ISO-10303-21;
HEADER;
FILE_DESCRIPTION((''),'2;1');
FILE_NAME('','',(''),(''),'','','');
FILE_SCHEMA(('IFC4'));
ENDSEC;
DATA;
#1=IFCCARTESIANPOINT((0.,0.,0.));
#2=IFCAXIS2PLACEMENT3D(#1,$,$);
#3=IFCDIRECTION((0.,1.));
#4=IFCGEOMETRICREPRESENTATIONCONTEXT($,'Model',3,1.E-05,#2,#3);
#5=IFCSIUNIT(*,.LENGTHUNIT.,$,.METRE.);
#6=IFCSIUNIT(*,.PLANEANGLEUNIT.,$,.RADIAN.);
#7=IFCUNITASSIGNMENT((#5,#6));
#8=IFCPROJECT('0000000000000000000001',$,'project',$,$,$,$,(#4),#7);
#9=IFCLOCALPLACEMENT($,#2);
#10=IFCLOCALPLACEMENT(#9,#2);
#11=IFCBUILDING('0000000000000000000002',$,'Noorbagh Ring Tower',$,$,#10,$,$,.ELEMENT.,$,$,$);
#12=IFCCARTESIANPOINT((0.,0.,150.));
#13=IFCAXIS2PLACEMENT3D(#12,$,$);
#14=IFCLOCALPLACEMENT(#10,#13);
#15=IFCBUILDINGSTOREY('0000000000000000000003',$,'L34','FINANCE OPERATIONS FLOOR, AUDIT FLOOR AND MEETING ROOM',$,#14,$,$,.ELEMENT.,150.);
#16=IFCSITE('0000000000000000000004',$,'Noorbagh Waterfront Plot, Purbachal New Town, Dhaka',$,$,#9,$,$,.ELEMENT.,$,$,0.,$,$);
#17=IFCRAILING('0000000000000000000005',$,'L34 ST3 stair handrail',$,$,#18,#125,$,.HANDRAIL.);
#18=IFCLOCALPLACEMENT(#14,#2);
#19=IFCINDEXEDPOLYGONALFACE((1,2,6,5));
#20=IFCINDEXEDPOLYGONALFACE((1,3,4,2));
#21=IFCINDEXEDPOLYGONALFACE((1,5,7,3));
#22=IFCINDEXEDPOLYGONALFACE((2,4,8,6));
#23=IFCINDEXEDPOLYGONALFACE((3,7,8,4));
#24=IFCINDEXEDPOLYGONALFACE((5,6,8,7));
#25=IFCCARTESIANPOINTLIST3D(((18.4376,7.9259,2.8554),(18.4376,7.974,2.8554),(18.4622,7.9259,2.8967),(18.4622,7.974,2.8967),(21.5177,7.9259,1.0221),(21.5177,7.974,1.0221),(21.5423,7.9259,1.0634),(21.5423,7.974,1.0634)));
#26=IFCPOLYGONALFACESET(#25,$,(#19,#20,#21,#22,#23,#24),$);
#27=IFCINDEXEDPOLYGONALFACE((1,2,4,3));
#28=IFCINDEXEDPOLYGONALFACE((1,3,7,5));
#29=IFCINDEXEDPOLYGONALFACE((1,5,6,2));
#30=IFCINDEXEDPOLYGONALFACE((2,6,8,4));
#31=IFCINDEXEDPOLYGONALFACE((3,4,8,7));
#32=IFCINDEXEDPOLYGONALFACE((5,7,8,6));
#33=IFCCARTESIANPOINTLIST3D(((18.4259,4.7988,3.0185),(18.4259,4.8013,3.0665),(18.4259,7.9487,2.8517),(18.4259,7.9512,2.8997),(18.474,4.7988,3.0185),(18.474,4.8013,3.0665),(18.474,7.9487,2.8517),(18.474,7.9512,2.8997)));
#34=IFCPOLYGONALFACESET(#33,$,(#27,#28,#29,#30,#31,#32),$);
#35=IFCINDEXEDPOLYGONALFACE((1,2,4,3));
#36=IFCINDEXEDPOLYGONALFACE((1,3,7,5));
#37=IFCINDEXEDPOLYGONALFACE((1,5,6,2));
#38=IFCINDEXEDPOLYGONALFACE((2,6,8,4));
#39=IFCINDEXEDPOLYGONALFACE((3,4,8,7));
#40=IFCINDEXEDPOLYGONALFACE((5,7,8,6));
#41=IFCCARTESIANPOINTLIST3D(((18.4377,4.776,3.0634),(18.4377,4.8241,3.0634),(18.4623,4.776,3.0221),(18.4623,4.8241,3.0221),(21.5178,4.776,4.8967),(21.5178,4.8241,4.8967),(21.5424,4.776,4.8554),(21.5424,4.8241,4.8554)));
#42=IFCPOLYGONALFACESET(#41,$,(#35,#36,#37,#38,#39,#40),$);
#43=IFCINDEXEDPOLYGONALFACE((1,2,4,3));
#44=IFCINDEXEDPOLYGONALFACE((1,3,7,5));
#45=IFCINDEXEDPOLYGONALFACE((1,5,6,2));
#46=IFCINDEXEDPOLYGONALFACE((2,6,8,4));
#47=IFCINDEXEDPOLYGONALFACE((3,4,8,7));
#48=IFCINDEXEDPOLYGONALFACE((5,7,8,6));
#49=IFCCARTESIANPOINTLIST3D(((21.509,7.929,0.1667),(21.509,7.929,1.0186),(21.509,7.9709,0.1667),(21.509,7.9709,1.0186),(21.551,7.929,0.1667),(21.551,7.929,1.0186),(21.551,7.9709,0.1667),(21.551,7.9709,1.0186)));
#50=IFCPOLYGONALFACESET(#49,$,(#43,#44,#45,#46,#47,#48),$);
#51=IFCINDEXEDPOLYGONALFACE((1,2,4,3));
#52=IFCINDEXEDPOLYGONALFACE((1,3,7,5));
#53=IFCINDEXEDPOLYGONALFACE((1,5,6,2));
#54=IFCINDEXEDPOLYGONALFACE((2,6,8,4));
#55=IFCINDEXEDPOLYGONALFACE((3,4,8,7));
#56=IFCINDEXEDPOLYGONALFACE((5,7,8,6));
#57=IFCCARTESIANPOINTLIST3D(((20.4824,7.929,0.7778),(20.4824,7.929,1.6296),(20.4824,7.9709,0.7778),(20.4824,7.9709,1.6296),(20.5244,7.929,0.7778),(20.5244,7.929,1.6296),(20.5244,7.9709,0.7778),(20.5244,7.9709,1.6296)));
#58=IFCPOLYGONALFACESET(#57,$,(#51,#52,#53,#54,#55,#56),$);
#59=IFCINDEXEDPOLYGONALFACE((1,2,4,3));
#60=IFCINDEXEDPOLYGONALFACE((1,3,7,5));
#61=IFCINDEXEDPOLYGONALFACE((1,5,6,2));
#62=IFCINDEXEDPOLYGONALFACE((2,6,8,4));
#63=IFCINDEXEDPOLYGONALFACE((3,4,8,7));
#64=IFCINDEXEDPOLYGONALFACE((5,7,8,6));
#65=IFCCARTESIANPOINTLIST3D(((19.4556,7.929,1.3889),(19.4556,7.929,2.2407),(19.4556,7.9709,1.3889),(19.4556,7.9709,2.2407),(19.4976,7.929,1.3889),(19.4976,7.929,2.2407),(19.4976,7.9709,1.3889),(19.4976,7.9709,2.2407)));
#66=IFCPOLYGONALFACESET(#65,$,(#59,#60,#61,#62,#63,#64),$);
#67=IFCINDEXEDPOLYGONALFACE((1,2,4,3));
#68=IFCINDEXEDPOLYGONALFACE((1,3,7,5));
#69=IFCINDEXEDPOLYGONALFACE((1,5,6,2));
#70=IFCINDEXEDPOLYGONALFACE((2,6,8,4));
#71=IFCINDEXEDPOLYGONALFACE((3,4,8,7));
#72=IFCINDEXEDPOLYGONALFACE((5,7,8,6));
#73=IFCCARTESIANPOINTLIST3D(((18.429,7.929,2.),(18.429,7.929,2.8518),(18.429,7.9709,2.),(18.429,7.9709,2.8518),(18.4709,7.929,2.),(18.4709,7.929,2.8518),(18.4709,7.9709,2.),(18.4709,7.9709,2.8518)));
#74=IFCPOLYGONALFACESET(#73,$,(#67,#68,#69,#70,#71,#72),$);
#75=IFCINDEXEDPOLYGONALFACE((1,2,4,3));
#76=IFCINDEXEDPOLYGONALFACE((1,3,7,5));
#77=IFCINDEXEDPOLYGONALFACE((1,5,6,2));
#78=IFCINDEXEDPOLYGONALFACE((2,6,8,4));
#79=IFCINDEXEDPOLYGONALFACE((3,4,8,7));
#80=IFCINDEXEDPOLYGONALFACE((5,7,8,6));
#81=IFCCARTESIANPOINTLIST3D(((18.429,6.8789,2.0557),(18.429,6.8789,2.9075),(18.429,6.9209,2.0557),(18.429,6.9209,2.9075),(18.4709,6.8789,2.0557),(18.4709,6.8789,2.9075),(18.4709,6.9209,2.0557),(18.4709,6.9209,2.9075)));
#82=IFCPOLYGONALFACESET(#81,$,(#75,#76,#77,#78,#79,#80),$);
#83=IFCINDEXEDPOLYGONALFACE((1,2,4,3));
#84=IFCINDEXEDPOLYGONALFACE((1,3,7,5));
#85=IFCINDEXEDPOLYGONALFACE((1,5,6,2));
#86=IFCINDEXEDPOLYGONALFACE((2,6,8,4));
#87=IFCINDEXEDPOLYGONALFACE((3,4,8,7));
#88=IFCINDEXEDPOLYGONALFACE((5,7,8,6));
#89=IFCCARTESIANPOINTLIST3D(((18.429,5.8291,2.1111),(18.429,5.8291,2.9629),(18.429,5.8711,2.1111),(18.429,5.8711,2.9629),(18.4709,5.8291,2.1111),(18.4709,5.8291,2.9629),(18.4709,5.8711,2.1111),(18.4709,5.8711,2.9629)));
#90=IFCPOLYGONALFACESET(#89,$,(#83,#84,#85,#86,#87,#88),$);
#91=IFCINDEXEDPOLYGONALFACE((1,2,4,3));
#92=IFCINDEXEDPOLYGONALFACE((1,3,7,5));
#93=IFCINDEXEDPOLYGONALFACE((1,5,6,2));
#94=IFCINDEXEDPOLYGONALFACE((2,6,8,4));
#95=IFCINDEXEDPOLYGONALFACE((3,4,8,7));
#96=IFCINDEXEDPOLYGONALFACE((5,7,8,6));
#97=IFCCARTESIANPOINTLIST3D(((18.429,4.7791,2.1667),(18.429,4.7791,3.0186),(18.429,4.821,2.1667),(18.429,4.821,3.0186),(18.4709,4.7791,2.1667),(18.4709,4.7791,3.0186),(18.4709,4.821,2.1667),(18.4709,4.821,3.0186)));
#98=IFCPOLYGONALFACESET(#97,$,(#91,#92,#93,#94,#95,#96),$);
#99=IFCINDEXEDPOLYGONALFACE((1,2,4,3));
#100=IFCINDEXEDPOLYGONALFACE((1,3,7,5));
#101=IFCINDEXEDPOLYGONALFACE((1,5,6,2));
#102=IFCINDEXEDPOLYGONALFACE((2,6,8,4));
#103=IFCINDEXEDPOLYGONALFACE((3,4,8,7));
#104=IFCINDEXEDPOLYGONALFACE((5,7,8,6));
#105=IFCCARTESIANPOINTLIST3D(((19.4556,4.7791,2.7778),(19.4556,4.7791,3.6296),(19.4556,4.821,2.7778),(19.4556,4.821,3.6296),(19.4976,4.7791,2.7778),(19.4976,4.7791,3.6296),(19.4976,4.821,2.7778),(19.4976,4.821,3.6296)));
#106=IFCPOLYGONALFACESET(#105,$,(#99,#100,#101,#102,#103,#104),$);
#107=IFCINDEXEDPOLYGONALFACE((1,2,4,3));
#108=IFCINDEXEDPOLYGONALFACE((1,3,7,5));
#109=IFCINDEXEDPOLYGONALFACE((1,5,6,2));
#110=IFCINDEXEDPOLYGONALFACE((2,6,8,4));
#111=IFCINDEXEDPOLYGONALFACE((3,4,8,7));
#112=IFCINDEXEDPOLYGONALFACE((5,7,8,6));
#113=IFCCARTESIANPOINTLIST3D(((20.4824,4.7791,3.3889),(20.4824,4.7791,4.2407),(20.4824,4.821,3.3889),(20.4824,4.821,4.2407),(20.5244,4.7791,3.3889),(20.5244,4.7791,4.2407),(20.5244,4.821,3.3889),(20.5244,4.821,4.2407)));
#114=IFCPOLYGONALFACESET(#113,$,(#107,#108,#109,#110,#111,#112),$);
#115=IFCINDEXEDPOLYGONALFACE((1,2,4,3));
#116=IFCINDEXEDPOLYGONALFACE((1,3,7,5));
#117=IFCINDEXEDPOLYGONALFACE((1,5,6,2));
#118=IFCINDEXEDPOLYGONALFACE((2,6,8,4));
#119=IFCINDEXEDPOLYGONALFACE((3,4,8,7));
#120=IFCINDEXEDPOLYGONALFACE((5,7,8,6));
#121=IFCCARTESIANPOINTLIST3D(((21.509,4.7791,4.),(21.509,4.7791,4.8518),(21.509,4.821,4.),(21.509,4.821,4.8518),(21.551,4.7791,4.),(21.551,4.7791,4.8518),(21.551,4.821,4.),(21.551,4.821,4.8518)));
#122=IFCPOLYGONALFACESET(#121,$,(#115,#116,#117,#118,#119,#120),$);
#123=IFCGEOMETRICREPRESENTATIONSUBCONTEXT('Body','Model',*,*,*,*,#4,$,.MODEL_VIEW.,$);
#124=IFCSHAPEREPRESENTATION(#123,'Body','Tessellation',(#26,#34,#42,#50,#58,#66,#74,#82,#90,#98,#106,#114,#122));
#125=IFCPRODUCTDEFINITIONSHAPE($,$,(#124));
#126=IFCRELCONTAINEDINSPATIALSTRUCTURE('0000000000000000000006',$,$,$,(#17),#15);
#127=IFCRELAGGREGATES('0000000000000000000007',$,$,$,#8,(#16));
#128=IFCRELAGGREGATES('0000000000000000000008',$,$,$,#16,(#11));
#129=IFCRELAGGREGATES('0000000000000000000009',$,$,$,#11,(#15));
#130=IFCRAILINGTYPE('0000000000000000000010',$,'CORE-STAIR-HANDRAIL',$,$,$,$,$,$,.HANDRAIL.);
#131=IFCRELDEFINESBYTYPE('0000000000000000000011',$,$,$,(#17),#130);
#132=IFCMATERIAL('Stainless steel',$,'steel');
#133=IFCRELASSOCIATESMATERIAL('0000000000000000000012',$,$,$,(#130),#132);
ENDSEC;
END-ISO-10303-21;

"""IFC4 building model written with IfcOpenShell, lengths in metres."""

from ifc_helpers import new_model, si_unit, direction, frame, origin, origin_2d, place, context, subcontext, project, spatial, rectangle, extrude, material, type_object, element, save


model = new_model("IFC4")

# Units and contexts
model_context = context("Model", 3, precision=1e-05, world=origin(), true_north=direction((0.0, 1.0)))
body_context = subcontext(model_context, "Body", "Model", "MODEL_VIEW")
ifc_project = project(units=[si_unit("LENGTHUNIT", "METRE"), si_unit("PLANEANGLEUNIT", "RADIAN")], contexts=[model_context])

# Site, building, storey
site_placement = place(None, origin())
site = spatial("IfcSite", under=ifc_project, at=site_placement, Name="Noorbagh Waterfront Plot, Purbachal New Town, Dhaka", CompositionType="ELEMENT", RefElevation=0.0)
building_placement = place(site_placement, origin())
building = spatial("IfcBuilding", under=site, at=building_placement, Name="Noorbagh Ring Tower", CompositionType="ELEMENT")
storey_placement = place(building_placement, frame((0.0, 0.0, 150.0)))
storey = spatial("IfcBuildingStorey", under=building, at=storey_placement, Name="L34", Description="FINANCE OPERATIONS FLOOR, AUDIT FLOOR AND MEETING ROOM", CompositionType="ELEMENT", Elevation=150.0)

# Railing
ifc_material_1 = material(Name="Stainless steel", Category="steel")
railing_type_1 = type_object("IfcRailingType", Name="CORE-STAIR-HANDRAIL", PredefinedType="HANDRAIL", material=ifc_material_1)
railing_1_placement = place(storey_placement, frame((21.53, 7.95, 0.1667)))
element("IfcRailing", 1, at=railing_1_placement, inside=storey, type_object=railing_type_1, Name="L34 ST3 stair handrail", PredefinedType="HANDRAIL", context=body_context, shape_type="SweptSolid", body=[
    extrude(rectangle(XDim=0.0481, YDim=0.0481, at=origin_2d()), frame((0.0, 0.0, 0.876), z_axis=(-0.859309, 0.0, 0.511458), x_axis=(0.0, -1.0, 0.0)), (0.0, 0.0, 1.0), 3.5845),
    extrude(rectangle(XDim=0.0481, YDim=0.0481, at=origin_2d()), frame((-3.0801, 0.0, 2.709), z_axis=(0.0, -0.998602, 0.052864), x_axis=(1.0, 0.0, 0.0)), (0.0, 0.0, 1.0), 3.1543),
    extrude(rectangle(XDim=0.0481, YDim=0.0481, at=origin_2d()), frame((-3.0801, -3.1499, 2.876), z_axis=(0.859309, 0.0, 0.511458), x_axis=(0.0, 1.0, 0.0)), (0.0, 0.0, 1.0), 3.5845),
    extrude(rectangle(XDim=0.042, YDim=0.042, at=origin_2d()), origin(), (0.0, 0.0, 1.0), 0.8518),
    extrude(rectangle(XDim=0.042, YDim=0.042, at=origin_2d()), frame((-1.0266, 0.0, 0.6111)), (0.0, 0.0, 1.0), 0.8518),
    extrude(rectangle(XDim=0.042, YDim=0.042, at=origin_2d()), frame((-2.0535, 0.0, 1.2222)), (0.0, 0.0, 1.0), 0.8518),
    extrude(rectangle(XDim=0.042, YDim=0.042, at=origin_2d()), frame((-3.0801, 0.0, 1.8333)), (0.0, 0.0, 1.0), 0.8518),
    extrude(rectangle(XDim=0.042, YDim=0.042, at=origin_2d()), frame((-3.0801, -1.05, 1.8889)), (0.0, 0.0, 1.0), 0.8518),
    extrude(rectangle(XDim=0.042, YDim=0.042, at=origin_2d()), frame((-3.0801, -2.0999, 1.9443)), (0.0, 0.0, 1.0), 0.8518),
    extrude(rectangle(XDim=0.042, YDim=0.042, at=origin_2d()), frame((-3.0801, -3.1499, 2.0)), (0.0, 0.0, 1.0), 0.8518),
    extrude(rectangle(XDim=0.042, YDim=0.042, at=origin_2d()), frame((-2.0535, -3.1499, 2.6111)), (0.0, 0.0, 1.0), 0.8518),
    extrude(rectangle(XDim=0.042, YDim=0.042, at=origin_2d()), frame((-1.0266, -3.1499, 3.2222)), (0.0, 0.0, 1.0), 0.8518),
    extrude(rectangle(XDim=0.042, YDim=0.042, at=origin_2d()), frame((0.0, -3.1499, 3.8333)), (0.0, 0.0, 1.0), 0.8518),
])

save(model, "model.ifc")
